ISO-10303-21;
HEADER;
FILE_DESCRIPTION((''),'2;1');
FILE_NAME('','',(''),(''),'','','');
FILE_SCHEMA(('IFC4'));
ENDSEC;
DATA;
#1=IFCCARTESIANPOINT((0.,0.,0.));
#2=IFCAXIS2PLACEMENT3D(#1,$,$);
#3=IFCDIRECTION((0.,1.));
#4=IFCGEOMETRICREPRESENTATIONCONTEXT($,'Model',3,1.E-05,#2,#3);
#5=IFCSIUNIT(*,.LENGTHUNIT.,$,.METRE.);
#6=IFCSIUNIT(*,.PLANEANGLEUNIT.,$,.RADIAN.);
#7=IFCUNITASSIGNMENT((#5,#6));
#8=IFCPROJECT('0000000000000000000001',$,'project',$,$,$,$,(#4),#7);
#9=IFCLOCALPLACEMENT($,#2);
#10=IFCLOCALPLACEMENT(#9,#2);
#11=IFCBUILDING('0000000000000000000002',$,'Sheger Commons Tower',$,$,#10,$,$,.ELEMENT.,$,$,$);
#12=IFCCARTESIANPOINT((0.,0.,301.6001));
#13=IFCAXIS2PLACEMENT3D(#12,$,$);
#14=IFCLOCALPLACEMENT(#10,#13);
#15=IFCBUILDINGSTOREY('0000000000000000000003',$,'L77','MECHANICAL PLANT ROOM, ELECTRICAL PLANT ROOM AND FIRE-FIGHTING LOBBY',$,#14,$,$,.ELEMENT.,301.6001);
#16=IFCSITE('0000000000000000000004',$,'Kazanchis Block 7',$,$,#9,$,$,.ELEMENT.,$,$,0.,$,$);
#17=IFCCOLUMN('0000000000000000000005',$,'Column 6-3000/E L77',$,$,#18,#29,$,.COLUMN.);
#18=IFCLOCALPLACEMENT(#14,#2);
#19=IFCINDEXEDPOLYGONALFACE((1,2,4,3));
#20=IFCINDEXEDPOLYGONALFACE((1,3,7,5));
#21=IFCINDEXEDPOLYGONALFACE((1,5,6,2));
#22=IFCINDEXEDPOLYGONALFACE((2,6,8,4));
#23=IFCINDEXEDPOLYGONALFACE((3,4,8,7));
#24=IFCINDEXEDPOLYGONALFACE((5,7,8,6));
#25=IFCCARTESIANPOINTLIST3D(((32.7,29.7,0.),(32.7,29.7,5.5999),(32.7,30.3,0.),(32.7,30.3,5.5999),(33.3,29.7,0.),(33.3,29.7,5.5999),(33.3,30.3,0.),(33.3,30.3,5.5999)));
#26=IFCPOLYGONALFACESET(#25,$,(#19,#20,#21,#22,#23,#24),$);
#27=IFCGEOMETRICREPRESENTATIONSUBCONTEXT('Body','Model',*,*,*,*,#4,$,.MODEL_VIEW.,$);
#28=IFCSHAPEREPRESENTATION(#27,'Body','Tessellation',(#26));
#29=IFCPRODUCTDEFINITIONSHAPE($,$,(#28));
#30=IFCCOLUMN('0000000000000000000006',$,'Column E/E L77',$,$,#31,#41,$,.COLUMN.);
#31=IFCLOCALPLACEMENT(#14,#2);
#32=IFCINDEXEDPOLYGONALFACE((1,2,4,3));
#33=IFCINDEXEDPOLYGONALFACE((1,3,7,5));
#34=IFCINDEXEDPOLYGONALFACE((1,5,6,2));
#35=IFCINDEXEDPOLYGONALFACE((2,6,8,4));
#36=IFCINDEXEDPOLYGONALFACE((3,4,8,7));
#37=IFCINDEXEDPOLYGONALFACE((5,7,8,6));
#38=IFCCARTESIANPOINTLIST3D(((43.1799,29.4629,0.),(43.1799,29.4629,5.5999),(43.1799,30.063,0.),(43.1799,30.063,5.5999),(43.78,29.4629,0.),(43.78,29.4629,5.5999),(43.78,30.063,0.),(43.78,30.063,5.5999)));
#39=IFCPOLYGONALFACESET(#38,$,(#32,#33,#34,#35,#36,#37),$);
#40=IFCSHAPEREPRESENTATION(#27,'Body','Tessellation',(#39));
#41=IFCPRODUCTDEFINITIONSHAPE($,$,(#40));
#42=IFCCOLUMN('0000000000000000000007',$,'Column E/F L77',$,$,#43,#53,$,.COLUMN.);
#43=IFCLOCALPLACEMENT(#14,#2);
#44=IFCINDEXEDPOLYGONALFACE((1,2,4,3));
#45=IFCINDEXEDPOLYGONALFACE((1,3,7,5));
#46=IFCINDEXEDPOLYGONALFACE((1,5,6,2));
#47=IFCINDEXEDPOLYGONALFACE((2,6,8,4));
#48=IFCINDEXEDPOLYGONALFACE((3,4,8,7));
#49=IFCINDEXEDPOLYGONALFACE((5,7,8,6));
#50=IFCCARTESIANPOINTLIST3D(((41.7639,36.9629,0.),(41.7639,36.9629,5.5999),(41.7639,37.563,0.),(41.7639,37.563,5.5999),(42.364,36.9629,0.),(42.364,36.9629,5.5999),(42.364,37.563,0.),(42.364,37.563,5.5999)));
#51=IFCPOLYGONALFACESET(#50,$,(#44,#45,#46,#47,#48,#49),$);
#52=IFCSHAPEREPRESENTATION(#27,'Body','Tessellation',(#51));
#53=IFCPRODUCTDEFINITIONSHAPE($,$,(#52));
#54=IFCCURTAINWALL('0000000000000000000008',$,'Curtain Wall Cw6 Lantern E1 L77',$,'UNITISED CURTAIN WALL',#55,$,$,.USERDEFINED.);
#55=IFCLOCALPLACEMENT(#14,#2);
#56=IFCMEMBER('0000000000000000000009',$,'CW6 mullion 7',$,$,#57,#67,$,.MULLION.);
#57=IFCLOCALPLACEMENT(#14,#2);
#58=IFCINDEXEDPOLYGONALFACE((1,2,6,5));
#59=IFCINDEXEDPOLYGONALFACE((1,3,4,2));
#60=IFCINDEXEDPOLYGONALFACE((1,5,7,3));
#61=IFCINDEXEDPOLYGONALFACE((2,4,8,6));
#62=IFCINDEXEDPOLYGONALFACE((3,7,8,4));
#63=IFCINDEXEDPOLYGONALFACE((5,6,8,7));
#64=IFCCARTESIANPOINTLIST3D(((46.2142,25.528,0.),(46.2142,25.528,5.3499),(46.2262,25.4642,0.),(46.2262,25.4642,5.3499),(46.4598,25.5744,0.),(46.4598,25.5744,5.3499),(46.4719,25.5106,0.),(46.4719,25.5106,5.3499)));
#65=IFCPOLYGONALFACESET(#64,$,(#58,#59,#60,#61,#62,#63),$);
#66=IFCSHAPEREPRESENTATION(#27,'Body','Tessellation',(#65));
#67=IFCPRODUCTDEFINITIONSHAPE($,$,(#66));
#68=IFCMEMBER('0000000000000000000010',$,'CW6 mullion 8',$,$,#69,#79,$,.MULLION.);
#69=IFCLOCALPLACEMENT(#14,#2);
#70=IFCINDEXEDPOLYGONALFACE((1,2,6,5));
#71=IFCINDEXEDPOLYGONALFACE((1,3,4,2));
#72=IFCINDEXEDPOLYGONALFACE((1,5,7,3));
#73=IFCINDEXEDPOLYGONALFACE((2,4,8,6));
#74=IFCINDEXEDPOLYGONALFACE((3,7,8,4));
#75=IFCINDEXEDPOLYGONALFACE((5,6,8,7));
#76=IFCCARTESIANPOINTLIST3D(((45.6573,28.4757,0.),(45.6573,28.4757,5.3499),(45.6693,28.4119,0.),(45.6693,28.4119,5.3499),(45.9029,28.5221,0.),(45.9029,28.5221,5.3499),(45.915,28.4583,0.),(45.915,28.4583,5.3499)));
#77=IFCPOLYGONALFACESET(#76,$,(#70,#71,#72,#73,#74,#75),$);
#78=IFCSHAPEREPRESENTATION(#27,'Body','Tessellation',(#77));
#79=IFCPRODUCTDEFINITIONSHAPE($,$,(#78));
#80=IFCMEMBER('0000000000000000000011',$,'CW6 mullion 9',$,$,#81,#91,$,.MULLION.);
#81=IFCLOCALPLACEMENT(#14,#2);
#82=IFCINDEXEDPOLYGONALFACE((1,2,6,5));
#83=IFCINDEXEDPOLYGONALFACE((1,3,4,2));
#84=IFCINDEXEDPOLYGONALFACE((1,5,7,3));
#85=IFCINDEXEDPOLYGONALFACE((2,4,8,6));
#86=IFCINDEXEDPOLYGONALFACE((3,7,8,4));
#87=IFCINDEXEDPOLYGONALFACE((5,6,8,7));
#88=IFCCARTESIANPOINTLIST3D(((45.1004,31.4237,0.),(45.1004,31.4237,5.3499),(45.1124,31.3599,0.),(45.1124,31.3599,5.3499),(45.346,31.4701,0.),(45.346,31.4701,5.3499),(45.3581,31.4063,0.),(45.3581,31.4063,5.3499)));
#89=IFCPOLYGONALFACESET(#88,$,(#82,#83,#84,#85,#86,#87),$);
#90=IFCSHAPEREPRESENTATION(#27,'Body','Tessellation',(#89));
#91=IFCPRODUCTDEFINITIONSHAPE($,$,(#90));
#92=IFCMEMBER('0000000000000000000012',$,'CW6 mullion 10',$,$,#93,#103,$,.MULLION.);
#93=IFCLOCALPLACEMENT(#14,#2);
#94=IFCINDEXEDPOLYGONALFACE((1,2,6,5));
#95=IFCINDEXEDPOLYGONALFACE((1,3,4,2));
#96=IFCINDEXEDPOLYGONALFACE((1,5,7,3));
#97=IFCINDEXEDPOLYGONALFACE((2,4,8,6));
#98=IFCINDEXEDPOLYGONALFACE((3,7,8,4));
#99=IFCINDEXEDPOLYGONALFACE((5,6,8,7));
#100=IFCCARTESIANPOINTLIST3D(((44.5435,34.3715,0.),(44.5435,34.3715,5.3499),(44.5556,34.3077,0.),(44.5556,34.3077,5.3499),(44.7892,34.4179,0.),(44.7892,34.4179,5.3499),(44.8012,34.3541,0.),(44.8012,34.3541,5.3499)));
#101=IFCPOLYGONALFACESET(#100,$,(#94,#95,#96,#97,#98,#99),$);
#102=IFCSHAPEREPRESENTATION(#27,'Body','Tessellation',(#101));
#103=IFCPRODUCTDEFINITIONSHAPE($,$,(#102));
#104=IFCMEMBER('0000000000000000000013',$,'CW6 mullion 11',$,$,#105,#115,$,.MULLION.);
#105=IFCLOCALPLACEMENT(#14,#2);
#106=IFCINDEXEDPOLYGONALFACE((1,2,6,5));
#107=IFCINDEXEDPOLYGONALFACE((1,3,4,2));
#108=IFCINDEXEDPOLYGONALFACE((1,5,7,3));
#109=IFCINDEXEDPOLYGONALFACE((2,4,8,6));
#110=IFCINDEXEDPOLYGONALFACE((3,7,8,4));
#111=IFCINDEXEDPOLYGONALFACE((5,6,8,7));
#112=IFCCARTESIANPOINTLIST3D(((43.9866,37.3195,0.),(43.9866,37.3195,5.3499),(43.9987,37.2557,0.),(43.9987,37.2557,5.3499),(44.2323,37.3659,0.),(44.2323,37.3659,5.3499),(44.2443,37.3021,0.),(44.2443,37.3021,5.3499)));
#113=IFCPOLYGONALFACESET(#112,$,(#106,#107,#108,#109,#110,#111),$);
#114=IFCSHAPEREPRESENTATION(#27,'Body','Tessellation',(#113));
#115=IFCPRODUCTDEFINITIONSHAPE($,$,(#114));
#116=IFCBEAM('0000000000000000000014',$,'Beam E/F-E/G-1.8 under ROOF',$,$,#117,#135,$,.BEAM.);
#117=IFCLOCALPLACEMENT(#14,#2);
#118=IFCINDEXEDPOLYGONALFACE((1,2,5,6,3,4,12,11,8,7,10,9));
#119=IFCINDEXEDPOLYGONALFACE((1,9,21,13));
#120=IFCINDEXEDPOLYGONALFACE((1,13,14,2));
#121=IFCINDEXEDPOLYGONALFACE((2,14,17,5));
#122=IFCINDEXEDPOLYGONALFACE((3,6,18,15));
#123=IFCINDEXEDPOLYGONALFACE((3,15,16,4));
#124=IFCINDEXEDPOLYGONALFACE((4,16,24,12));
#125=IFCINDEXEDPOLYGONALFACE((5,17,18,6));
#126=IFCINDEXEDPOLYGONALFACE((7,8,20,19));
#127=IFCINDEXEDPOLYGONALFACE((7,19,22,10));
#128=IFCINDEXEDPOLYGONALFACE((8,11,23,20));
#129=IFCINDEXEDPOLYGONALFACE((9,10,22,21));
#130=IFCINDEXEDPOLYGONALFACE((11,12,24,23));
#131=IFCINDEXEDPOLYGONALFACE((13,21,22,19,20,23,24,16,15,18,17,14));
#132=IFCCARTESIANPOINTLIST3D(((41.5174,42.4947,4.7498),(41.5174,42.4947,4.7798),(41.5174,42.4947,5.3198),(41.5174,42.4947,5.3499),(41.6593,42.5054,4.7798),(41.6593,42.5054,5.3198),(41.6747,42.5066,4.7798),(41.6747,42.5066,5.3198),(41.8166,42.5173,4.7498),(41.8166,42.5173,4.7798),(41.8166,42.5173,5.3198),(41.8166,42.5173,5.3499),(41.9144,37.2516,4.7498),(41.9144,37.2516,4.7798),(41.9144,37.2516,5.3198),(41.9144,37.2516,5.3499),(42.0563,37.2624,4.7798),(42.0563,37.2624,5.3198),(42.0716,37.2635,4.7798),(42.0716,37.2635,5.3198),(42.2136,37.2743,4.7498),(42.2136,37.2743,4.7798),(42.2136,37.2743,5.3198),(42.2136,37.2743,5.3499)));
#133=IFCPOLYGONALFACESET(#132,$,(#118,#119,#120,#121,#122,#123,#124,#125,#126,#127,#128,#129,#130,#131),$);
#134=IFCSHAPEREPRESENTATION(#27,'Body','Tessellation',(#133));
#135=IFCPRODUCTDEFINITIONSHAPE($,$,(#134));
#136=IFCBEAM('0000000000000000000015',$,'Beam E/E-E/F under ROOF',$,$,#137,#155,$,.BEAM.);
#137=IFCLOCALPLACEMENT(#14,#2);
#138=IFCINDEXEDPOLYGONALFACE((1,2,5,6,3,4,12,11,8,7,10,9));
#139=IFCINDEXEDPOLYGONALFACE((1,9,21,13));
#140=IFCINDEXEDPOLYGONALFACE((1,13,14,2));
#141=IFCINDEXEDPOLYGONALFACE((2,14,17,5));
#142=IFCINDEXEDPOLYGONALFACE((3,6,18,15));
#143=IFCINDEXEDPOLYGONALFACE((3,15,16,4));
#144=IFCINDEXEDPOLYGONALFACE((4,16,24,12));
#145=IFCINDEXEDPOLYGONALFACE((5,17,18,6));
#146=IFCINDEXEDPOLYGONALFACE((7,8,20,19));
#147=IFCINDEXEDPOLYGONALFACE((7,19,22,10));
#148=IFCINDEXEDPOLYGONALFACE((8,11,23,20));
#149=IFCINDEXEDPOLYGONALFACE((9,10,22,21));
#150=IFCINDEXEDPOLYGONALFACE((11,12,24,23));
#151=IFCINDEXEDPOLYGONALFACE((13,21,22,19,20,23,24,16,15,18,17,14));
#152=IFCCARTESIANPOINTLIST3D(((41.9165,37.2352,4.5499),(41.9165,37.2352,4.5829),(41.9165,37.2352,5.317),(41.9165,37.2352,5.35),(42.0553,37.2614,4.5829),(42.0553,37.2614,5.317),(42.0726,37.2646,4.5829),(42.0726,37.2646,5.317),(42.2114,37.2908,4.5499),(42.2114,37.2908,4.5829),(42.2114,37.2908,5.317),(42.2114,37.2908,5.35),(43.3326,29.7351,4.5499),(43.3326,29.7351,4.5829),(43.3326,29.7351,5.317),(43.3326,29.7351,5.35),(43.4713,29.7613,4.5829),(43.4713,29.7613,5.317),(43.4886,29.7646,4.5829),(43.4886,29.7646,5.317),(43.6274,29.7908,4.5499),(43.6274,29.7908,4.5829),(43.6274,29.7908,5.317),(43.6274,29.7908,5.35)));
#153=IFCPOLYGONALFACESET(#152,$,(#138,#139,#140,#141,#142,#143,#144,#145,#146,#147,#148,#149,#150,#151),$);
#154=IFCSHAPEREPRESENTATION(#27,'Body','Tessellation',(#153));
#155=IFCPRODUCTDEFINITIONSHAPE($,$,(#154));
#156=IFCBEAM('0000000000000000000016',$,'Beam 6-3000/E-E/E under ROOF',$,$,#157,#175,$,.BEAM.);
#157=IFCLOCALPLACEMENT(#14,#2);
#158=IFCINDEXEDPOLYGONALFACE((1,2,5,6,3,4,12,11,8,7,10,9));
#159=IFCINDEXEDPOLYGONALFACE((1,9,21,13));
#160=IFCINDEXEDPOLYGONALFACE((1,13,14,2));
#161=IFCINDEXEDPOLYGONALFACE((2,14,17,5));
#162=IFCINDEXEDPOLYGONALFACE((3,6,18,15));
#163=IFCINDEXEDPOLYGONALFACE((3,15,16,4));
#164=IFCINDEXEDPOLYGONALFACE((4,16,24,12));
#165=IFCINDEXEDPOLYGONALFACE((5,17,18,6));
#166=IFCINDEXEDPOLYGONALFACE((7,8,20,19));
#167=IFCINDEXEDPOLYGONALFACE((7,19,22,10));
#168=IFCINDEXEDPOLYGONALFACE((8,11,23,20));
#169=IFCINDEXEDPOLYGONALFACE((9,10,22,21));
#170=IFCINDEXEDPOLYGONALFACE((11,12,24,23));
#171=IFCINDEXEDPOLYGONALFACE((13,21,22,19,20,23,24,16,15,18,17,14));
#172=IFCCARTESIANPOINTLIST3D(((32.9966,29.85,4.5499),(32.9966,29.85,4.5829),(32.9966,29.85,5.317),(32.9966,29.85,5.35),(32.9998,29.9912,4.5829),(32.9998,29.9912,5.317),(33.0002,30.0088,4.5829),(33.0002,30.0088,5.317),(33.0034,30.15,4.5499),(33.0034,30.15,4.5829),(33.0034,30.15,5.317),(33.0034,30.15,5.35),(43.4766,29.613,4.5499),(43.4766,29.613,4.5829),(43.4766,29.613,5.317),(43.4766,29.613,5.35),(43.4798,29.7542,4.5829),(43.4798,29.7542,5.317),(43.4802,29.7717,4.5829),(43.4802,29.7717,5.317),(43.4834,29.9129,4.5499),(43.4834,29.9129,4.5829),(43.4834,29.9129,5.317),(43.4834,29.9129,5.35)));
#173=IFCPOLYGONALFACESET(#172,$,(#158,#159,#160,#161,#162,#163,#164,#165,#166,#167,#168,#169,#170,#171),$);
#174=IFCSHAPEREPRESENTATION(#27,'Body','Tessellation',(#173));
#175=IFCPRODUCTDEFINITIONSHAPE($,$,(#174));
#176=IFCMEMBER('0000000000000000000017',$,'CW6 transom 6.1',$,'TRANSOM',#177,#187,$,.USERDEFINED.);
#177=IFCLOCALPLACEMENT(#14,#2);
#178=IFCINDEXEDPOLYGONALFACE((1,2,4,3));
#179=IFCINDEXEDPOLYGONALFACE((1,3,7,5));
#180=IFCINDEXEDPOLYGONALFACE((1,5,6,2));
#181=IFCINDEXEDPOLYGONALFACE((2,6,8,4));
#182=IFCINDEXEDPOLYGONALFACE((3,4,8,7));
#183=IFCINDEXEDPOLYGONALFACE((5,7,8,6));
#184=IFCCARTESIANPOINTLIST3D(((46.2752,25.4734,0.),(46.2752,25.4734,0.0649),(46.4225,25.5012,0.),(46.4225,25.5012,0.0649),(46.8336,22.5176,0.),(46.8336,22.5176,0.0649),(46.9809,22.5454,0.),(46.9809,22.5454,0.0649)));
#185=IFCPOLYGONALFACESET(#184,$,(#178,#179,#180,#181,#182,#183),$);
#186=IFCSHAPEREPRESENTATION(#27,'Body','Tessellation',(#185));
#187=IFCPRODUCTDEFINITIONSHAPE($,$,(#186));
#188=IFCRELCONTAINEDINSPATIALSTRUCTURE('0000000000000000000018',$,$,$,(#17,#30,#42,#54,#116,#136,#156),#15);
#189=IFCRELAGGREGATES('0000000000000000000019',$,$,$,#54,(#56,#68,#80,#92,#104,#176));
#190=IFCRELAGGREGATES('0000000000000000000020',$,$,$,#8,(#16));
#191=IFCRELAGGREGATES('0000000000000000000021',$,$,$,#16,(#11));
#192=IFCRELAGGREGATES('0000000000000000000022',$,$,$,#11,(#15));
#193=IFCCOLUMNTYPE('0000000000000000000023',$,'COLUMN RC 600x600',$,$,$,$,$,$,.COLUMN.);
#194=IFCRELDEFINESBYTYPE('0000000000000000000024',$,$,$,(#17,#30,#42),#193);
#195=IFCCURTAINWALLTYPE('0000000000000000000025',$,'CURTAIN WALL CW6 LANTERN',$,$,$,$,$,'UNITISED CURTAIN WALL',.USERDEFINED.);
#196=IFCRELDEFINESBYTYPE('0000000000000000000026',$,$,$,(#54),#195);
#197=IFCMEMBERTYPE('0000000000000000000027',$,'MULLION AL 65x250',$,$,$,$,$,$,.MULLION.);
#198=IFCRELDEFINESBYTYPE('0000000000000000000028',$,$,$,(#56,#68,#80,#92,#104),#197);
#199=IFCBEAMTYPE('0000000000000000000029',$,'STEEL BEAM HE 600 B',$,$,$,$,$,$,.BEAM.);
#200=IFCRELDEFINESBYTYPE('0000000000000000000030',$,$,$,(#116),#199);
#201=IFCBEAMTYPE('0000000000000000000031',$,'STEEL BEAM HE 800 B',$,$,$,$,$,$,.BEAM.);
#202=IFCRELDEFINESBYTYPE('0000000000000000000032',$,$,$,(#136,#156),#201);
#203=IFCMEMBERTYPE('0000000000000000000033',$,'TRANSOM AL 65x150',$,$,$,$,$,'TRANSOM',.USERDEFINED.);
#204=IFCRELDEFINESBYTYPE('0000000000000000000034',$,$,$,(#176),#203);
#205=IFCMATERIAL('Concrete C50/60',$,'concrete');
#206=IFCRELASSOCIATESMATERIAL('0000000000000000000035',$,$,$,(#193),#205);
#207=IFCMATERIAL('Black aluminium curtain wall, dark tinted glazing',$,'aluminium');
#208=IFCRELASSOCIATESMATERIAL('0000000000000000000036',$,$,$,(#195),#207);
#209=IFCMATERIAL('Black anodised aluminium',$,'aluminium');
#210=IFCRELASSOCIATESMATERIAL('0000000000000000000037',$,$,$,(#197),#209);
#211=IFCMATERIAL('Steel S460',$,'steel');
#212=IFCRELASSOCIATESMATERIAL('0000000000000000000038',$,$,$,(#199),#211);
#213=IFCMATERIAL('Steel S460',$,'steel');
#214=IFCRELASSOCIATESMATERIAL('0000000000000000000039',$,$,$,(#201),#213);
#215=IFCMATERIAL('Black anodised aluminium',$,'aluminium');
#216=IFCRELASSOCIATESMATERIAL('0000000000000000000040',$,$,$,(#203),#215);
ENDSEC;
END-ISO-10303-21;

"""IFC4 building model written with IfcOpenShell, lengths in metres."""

from ifc_helpers import new_model, si_unit, direction, frame, origin, origin_2d, place, context, subcontext, project, spatial, rectangle, i_section, extrude, material, material_profile, profile_set, type_object, element, aggregate, save


model = new_model("IFC4")

# Units and contexts
model_context = context("Model", 3, precision=1e-05, world=origin(), true_north=direction((0.0, 1.0)))
body_context = subcontext(model_context, "Body", "Model", "MODEL_VIEW")
ifc_project = project(units=[si_unit("LENGTHUNIT", "METRE"), si_unit("PLANEANGLEUNIT", "RADIAN")], contexts=[model_context])

# Site, building, storey
site_placement = place(None, origin())
site = spatial("IfcSite", under=ifc_project, at=site_placement, Name="Kazanchis Block 7", CompositionType="ELEMENT", RefElevation=0.0)
building_placement = place(site_placement, origin())
building = spatial("IfcBuilding", under=site, at=building_placement, Name="Sheger Commons Tower", CompositionType="ELEMENT")
storey_placement = place(building_placement, frame((0.0, 0.0, 301.6001)))
storey = spatial("IfcBuildingStorey", under=building, at=storey_placement, Name="L77", Description="MECHANICAL PLANT ROOM, ELECTRICAL PLANT ROOM AND FIRE-FIGHTING LOBBY", CompositionType="ELEMENT", Elevation=301.6001)

# Columns
ifc_material_1 = material(Name="Concrete C50/60", Category="concrete")
ifc_material_profile_1 = material_profile(ifc_material_1, rectangle(XDim=0.6001, YDim=0.6001, at=origin_2d()), Name="RC 600x600")
ifc_profile_set_1 = profile_set([ifc_material_profile_1], Name="Concrete C50/60")
column_type = type_object("IfcColumnType", Name="COLUMN RC 600x600", PredefinedType="COLUMN", material=ifc_profile_set_1)
for number, where, z_axis, x_axis, name in (
    (1, (33.0, 30.0, 0.0), (0.0, 0.0, 1.0), (1.0, 0.0, 0.0), "Column 6-3000/E L77"),
    (2, (43.48, 29.7629, 0.0), (0.0, 0.0, 1.0), (1.0, 0.0, 0.0), "Column E/E L77"),
    (3, (42.064, 37.2629, 0.0), (0.0, 0.0, 1.0), (1.0, 0.0, 0.0), "Column E/F L77"),
):
    element("IfcColumn", number, at=place(storey_placement, frame(where, z_axis=z_axis, x_axis=x_axis)), inside=storey, type_object=column_type, Name=name, PredefinedType="COLUMN", context=body_context, shape_type="SweptSolid", body=[
        extrude(rectangle(XDim=0.6001, YDim=0.6001, at=origin_2d()), origin(), (0.0, 0.0, 1.0), 5.5999),
    ])

# Curtain wall, members
ifc_material_2 = material(Name="Black aluminium curtain wall, dark tinted glazing", Category="aluminium")
curtain_wall_type = type_object("IfcCurtainWallType", Name="CURTAIN WALL CW6 LANTERN", ElementType="UNITISED CURTAIN WALL", PredefinedType="USERDEFINED", material=ifc_material_2)
curtain_wall_placement = place(storey_placement, origin())
curtain_wall = element("IfcCurtainWall", 4, at=curtain_wall_placement, inside=storey, type_object=curtain_wall_type, Name="Curtain Wall Cw6 Lantern E1 L77", ObjectType="UNITISED CURTAIN WALL", PredefinedType="USERDEFINED")
ifc_material_3 = material(Name="Black anodised aluminium", Category="aluminium")
ifc_material_profile_2 = material_profile(ifc_material_3, rectangle(XDim=0.25, YDim=0.0649, at=origin_2d()), Name="AL 65x250")
ifc_profile_set_2 = profile_set([ifc_material_profile_2], Name="Black anodised aluminium")
member_type_1 = type_object("IfcMemberType", Name="MULLION AL 65x250", PredefinedType="MULLION", material=ifc_profile_set_2)
member_1_placement = place(storey_placement, frame((46.343, 25.5193, 0.0), z_axis=(0.0, 0.0, 1.0), x_axis=(-0.982623, -0.185613, 0.0)))
member_1 = element("IfcMember", 5, at=member_1_placement, type_object=member_type_1, Name="CW6 mullion 7", PredefinedType="MULLION", context=body_context, shape_type="SweptSolid", body=[
    extrude(rectangle(XDim=0.25, YDim=0.0649, at=origin_2d()), origin(), (0.0, 0.0, 1.0), 5.3499),
])
member_2_placement = place(storey_placement, frame((45.7861, 28.467, 0.0), z_axis=(0.0, 0.0, 1.0), x_axis=(-0.982623, -0.185613, 0.0)))
member_2 = element("IfcMember", 6, at=member_2_placement, type_object=member_type_1, Name="CW6 mullion 8", PredefinedType="MULLION", context=body_context, shape_type="SweptSolid", body=[
    extrude(rectangle(XDim=0.25, YDim=0.0649, at=origin_2d()), origin(), (0.0, 0.0, 1.0), 5.3499),
])
member_3_placement = place(storey_placement, frame((45.2292, 31.415, 0.0), z_axis=(0.0, 0.0, 1.0), x_axis=(-0.982623, -0.185613, 0.0)))
member_3 = element("IfcMember", 7, at=member_3_placement, type_object=member_type_1, Name="CW6 mullion 9", PredefinedType="MULLION", context=body_context, shape_type="SweptSolid", body=[
    extrude(rectangle(XDim=0.25, YDim=0.0649, at=origin_2d()), origin(), (0.0, 0.0, 1.0), 5.3499),
])
member_4_placement = place(storey_placement, frame((44.6724, 34.3628, 0.0), z_axis=(0.0, 0.0, 1.0), x_axis=(-0.982623, -0.185613, 0.0)))
member_4 = element("IfcMember", 8, at=member_4_placement, type_object=member_type_1, Name="CW6 mullion 10", PredefinedType="MULLION", context=body_context, shape_type="SweptSolid", body=[
    extrude(rectangle(XDim=0.25, YDim=0.0649, at=origin_2d()), origin(), (0.0, 0.0, 1.0), 5.3499),
])
member_5_placement = place(storey_placement, frame((44.1155, 37.3108, 0.0), z_axis=(0.0, 0.0, 1.0), x_axis=(-0.982623, -0.185613, 0.0)))
member_5 = element("IfcMember", 9, at=member_5_placement, type_object=member_type_1, Name="CW6 mullion 11", PredefinedType="MULLION", context=body_context, shape_type="SweptSolid", body=[
    extrude(rectangle(XDim=0.25, YDim=0.0649, at=origin_2d()), origin(), (0.0, 0.0, 1.0), 5.3499),
])

# Beams
ifc_material_4 = material(Name="Steel S460", Category="steel")
ifc_material_profile_3 = material_profile(ifc_material_4, i_section(OverallWidth=0.3, OverallDepth=0.6001, WebThickness=0.0154, FlangeThickness=0.03, at=origin_2d()), Name="HE 600 B")
ifc_profile_set_3 = profile_set([ifc_material_profile_3], Name="Steel S460")
beam_type_1 = type_object("IfcBeamType", Name="STEEL BEAM HE 600 B", PredefinedType="BEAM", material=ifc_profile_set_3)
beam_1_placement = place(storey_placement, frame((42.064, 37.2629, 5.0498), z_axis=(-0.075496, 0.997146, 0.0), x_axis=(-0.997146, -0.075496, 0.0)))
element("IfcBeam", 10, at=beam_1_placement, inside=storey, type_object=beam_type_1, Name="Beam E/F-E/G-1.8 under ROOF", PredefinedType="BEAM", context=body_context, shape_type="SweptSolid", body=[
    extrude(i_section(OverallWidth=0.3, OverallDepth=0.6001, WebThickness=0.0154, FlangeThickness=0.03, at=origin_2d()), origin(), (0.0, 0.0, 1.0), 5.2581),
])
ifc_material_5 = material(Name="Steel S460", Category="steel")
ifc_material_profile_4 = material_profile(ifc_material_5, i_section(OverallWidth=0.3, OverallDepth=0.8, WebThickness=0.0176, FlangeThickness=0.033, at=origin_2d()), Name="HE 800 B")
ifc_profile_set_4 = profile_set([ifc_material_profile_4], Name="Steel S460")
beam_type_2 = type_object("IfcBeamType", Name="STEEL BEAM HE 800 B", PredefinedType="BEAM", material=ifc_profile_set_4)
beam_2_placement = place(storey_placement, frame((43.48, 29.7629, 4.95), z_axis=(-0.185524, 0.98264, 0.0), x_axis=(-0.98264, -0.185524, 0.0)))
element("IfcBeam", 11, at=beam_2_placement, inside=storey, type_object=beam_type_2, Name="Beam E/E-E/F under ROOF", PredefinedType="BEAM", context=body_context, shape_type="SweptSolid", body=[
    extrude(i_section(OverallWidth=0.3, OverallDepth=0.8, WebThickness=0.0176, FlangeThickness=0.033, at=origin_2d()), origin(), (0.0, 0.0, 1.0), 7.6326),
])
beam_3_placement = place(storey_placement, frame((33.0, 30.0, 4.95), z_axis=(0.999744, -0.022615, 0.0), x_axis=(0.022615, 0.999744, 0.0)))
element("IfcBeam", 12, at=beam_3_placement, inside=storey, type_object=beam_type_2, Name="Beam 6-3000/E-E/E under ROOF", PredefinedType="BEAM", context=body_context, shape_type="SweptSolid", body=[
    extrude(i_section(OverallWidth=0.3, OverallDepth=0.8, WebThickness=0.0176, FlangeThickness=0.033, at=origin_2d()), origin(), (0.0, 0.0, 1.0), 10.4827),
])

# Member
ifc_material_6 = material(Name="Black anodised aluminium", Category="aluminium")
ifc_material_profile_5 = material_profile(ifc_material_6, rectangle(XDim=0.1499, YDim=0.0649, at=origin_2d()), Name="AL 65x150")
ifc_profile_set_5 = profile_set([ifc_material_profile_5], Name="Black anodised aluminium")
member_type_2 = type_object("IfcMemberType", Name="TRANSOM AL 65x150", ElementType="TRANSOM", PredefinedType="USERDEFINED", material=ifc_profile_set_5)
member_6_placement = place(storey_placement, frame((46.9072, 22.5315, 0.0325), z_axis=(-0.185616, 0.982622, 0.0), x_axis=(-0.982622, -0.185616, 0.0)))
member_6 = element("IfcMember", 13, at=member_6_placement, type_object=member_type_2, Name="CW6 transom 6.1", ObjectType="TRANSOM", PredefinedType="USERDEFINED", context=body_context, shape_type="SweptSolid", body=[
    extrude(rectangle(XDim=0.1499, YDim=0.0649, at=origin_2d()), origin(), (0.0, 0.0, 1.0), 3.0081),
])

aggregate(curtain_wall, [member_1, member_2, member_3, member_4, member_5, member_6])

save(model, "model.ifc")
